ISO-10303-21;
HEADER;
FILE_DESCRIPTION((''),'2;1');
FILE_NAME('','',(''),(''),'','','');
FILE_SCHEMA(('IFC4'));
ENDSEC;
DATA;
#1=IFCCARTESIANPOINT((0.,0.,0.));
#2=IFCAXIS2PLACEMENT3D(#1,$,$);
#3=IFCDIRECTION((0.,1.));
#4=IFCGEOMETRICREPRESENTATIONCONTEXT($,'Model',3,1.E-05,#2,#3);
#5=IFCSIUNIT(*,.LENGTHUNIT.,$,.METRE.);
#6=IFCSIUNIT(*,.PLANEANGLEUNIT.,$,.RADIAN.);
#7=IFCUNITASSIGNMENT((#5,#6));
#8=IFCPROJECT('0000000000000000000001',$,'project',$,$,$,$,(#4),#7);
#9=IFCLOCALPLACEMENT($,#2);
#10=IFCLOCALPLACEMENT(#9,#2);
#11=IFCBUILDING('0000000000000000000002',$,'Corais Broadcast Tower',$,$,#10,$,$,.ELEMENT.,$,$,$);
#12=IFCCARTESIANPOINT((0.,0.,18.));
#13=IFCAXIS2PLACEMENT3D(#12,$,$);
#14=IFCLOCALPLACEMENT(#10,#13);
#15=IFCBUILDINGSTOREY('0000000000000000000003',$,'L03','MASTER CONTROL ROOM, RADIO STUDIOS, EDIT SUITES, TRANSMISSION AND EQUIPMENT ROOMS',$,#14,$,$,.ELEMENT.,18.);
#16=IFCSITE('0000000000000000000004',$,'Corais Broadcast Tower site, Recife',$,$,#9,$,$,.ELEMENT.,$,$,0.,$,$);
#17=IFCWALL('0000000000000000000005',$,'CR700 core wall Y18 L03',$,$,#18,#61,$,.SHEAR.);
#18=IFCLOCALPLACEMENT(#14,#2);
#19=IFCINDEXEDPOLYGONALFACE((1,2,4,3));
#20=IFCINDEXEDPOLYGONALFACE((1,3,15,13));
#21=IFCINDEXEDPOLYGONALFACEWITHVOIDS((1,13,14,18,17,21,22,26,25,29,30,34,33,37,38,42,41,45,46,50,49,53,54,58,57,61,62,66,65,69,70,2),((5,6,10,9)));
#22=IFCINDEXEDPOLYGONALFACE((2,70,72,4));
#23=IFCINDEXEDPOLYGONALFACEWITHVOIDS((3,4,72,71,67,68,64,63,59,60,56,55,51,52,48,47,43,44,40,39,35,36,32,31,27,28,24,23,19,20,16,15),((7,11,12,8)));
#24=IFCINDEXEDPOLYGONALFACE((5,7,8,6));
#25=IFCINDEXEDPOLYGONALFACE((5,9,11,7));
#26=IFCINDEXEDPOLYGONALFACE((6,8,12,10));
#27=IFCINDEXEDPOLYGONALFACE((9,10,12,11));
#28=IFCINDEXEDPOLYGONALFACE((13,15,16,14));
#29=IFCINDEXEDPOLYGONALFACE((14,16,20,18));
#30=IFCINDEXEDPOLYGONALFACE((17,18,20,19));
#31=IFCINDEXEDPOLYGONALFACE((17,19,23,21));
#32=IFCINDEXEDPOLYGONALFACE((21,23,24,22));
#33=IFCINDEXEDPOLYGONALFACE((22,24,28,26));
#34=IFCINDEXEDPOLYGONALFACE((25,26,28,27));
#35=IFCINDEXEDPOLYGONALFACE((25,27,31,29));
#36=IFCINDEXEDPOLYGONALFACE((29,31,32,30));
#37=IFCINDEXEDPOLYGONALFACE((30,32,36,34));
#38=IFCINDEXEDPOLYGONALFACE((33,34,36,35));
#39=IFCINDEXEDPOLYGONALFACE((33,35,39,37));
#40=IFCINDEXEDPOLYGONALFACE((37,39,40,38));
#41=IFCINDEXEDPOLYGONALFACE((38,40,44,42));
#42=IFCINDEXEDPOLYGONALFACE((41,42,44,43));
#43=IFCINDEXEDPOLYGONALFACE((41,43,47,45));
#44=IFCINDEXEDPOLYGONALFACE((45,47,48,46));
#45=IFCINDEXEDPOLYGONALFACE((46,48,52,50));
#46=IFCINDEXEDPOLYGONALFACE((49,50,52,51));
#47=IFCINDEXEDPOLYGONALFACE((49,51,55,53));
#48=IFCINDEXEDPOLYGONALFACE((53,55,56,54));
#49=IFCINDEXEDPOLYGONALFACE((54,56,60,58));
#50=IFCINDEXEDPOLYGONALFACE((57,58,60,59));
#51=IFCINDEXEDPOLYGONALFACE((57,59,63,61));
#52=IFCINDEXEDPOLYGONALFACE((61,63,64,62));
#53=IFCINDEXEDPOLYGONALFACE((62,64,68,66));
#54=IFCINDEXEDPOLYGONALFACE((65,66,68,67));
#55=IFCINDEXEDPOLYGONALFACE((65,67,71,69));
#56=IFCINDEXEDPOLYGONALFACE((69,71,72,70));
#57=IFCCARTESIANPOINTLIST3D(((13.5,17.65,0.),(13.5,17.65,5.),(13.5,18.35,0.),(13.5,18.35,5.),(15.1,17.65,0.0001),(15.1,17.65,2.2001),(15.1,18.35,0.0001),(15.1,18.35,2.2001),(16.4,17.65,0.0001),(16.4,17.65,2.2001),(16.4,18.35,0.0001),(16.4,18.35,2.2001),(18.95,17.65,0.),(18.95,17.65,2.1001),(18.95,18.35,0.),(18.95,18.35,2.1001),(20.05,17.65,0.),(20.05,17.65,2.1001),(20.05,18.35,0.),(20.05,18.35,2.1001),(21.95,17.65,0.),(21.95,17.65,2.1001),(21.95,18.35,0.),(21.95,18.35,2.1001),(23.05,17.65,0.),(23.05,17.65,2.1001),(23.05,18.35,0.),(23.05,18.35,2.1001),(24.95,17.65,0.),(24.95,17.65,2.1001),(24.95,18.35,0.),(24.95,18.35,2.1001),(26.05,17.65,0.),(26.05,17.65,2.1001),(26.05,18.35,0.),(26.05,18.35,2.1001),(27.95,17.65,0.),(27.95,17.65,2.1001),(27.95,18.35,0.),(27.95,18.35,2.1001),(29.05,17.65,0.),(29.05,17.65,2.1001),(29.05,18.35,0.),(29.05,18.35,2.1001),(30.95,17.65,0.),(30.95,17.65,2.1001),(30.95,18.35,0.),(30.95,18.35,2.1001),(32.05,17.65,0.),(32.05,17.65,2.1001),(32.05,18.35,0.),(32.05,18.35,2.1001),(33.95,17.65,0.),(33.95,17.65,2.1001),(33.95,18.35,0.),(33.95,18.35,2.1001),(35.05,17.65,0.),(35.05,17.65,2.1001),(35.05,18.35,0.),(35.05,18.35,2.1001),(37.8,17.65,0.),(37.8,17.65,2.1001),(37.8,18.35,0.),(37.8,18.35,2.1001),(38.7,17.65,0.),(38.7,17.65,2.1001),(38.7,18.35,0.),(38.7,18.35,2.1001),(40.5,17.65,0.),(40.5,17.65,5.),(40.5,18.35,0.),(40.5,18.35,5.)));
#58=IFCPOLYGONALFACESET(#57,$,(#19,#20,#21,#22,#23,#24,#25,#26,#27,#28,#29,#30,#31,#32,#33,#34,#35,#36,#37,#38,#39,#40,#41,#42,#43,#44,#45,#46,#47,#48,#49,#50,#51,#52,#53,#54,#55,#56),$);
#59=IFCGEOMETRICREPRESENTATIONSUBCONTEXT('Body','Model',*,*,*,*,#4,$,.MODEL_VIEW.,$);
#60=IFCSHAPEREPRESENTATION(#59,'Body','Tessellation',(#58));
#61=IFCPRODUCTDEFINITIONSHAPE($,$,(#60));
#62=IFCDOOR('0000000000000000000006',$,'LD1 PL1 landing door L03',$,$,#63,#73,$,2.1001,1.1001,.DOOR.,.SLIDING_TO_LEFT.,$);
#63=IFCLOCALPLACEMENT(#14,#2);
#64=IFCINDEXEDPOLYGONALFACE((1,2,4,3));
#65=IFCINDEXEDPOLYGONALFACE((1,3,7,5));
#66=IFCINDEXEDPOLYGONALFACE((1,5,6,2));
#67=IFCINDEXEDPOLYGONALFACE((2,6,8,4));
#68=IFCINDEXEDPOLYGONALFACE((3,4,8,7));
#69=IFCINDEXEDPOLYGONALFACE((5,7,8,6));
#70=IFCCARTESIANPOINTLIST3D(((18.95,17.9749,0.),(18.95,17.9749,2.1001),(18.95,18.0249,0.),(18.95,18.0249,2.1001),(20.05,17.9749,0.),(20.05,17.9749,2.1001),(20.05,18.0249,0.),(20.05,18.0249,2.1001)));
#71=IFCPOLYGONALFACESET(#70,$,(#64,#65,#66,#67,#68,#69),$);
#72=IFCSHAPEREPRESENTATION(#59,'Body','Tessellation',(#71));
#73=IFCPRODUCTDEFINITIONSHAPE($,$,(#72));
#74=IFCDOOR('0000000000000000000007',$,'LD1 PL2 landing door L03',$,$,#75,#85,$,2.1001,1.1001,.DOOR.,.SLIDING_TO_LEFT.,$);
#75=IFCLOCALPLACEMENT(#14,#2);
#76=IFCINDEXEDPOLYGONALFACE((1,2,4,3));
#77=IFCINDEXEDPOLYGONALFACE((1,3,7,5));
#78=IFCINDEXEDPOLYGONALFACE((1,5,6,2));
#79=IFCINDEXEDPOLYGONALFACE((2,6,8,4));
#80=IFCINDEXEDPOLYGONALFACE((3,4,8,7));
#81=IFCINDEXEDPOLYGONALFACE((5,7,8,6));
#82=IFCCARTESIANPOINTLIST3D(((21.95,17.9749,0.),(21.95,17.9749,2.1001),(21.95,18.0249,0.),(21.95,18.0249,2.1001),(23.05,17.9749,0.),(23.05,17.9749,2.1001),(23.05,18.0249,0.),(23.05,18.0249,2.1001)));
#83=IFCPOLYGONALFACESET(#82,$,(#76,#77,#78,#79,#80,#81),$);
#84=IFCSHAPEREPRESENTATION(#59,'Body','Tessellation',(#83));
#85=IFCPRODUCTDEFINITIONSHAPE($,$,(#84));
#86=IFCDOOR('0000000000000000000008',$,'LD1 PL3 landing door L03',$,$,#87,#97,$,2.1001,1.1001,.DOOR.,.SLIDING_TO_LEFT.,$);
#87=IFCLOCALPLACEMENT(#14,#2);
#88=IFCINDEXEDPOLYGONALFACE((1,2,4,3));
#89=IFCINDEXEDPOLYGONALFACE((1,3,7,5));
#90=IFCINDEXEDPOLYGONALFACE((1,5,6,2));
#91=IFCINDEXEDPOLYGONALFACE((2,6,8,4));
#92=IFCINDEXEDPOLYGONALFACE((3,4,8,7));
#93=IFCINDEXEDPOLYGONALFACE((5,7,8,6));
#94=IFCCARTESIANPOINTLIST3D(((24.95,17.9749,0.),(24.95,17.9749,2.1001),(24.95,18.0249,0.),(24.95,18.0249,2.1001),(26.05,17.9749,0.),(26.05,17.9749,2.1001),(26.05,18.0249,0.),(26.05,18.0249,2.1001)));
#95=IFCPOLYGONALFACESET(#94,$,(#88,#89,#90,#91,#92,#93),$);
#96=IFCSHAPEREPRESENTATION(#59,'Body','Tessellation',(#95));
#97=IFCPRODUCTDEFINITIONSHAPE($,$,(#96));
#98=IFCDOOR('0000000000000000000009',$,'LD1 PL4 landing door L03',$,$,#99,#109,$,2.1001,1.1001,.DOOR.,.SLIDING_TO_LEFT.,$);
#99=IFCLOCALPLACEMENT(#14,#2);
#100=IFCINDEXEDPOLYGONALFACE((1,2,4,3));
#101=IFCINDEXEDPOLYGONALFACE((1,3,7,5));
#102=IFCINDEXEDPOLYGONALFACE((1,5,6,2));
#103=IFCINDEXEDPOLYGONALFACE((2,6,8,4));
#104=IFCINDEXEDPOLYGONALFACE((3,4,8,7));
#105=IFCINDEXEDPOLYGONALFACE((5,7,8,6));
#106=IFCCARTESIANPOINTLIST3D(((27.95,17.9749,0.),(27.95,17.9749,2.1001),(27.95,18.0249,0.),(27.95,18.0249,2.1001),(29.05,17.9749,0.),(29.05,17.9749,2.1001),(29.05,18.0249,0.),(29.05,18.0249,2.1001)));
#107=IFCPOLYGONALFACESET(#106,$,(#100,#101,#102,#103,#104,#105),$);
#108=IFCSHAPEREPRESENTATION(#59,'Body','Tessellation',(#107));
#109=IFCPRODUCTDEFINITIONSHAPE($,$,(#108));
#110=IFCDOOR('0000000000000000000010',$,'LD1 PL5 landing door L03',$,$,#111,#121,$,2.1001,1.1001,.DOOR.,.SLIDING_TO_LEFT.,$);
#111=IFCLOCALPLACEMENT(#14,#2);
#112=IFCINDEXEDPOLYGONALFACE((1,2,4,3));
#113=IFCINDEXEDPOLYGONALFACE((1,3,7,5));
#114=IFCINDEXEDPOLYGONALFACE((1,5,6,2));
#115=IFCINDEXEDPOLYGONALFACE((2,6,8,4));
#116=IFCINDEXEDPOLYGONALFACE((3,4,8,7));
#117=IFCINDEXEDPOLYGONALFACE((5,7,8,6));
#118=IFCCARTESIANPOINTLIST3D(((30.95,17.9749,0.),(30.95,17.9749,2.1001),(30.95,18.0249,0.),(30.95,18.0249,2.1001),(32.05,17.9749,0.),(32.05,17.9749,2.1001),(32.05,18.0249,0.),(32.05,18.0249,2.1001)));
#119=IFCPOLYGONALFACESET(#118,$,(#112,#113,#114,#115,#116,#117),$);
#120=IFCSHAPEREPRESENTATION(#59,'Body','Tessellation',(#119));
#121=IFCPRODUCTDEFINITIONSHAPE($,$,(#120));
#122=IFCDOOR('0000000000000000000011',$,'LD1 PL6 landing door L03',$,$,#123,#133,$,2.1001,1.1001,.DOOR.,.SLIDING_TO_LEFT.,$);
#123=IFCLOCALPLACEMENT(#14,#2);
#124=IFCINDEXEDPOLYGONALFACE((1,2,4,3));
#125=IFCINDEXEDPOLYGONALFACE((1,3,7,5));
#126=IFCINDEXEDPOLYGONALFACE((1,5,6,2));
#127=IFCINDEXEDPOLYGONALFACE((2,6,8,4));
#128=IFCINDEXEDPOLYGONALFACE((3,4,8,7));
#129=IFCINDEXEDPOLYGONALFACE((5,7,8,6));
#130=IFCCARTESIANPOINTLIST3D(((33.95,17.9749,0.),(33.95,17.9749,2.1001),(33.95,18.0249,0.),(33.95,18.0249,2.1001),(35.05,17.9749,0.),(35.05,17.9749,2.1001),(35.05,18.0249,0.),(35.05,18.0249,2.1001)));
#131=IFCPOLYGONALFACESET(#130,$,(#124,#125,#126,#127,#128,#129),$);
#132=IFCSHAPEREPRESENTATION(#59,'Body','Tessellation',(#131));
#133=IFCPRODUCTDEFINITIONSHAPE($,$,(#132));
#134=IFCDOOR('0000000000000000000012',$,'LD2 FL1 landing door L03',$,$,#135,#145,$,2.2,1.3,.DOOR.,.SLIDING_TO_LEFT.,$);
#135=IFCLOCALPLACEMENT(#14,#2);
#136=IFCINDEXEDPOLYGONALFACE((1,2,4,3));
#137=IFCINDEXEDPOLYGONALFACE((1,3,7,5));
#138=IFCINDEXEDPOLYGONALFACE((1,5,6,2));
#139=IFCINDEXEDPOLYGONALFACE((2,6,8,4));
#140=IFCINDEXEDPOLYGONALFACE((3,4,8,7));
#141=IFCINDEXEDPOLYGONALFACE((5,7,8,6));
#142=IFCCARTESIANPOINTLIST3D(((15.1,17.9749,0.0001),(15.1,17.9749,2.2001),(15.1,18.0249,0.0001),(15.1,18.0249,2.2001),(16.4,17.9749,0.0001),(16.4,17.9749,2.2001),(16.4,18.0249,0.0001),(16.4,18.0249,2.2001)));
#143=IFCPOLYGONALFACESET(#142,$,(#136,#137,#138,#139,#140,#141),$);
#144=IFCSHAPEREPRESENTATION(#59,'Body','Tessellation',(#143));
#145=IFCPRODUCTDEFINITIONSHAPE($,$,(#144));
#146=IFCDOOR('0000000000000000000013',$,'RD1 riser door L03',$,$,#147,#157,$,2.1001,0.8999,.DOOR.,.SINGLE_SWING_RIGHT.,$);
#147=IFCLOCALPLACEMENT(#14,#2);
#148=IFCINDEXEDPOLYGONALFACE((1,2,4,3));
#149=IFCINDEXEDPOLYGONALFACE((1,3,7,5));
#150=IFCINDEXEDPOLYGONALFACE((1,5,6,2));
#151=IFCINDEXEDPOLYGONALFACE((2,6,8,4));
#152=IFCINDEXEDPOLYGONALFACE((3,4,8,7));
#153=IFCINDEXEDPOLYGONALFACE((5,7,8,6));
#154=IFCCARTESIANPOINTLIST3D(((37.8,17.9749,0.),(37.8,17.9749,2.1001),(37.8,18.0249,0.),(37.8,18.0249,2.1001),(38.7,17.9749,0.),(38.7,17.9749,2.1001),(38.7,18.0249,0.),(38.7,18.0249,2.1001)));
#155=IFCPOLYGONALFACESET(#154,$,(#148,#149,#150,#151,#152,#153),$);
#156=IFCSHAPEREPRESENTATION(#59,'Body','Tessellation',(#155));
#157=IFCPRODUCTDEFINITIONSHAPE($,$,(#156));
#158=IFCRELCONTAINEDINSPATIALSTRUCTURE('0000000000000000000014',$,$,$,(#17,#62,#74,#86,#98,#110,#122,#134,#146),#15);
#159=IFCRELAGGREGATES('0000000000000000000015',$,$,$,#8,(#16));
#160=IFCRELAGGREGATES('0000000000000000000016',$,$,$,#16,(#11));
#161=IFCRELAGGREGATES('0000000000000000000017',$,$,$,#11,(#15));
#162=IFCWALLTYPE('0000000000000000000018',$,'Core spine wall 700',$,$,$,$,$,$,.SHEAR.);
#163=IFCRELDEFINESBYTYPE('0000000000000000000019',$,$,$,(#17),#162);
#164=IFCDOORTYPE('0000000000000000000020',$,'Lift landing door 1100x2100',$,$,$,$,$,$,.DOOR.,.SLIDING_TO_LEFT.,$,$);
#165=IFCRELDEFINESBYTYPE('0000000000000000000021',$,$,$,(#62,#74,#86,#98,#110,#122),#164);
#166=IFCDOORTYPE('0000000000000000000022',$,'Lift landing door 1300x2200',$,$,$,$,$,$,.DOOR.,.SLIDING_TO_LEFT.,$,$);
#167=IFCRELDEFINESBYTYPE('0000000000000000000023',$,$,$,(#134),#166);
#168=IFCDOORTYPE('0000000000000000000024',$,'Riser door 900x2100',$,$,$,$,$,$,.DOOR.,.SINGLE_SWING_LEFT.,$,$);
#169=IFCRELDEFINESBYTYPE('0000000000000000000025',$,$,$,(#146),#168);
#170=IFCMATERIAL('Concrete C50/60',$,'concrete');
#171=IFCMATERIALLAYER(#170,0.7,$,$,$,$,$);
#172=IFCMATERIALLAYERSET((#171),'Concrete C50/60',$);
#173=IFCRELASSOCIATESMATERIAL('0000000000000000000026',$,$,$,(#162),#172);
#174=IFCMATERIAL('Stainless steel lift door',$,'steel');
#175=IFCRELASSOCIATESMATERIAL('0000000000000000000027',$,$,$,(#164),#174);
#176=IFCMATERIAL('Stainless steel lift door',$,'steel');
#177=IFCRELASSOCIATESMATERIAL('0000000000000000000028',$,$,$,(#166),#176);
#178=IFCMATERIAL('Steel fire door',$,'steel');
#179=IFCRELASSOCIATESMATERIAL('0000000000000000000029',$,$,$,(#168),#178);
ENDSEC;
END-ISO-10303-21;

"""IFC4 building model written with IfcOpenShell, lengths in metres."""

from ifc_helpers import new_model, si_unit, direction, frame, frame_2d, origin, place, context, subcontext, project, spatial, rectangle, extrude, material, layer, layer_set, type_object, element, fill, save


model = new_model("IFC4")

# Units and contexts
model_context = context("Model", 3, precision=1e-05, world=origin(), true_north=direction((0.0, 1.0)))
body_context = subcontext(model_context, "Body", "Model", "MODEL_VIEW")
ifc_project = project(units=[si_unit("LENGTHUNIT", "METRE"), si_unit("PLANEANGLEUNIT", "RADIAN")], contexts=[model_context])

# Site, building, storey
site_placement = place(None, origin())
site = spatial("IfcSite", under=ifc_project, at=site_placement, Name="Corais Broadcast Tower site, Recife", CompositionType="ELEMENT", RefElevation=0.0)
building_placement = place(site_placement, origin())
building = spatial("IfcBuilding", under=site, at=building_placement, Name="Corais Broadcast Tower", CompositionType="ELEMENT")
storey_placement = place(building_placement, frame((0.0, 0.0, 18.0)))
storey = spatial("IfcBuildingStorey", under=building, at=storey_placement, Name="L03", Description="MASTER CONTROL ROOM, RADIO STUDIOS, EDIT SUITES, TRANSMISSION AND EQUIPMENT ROOMS", CompositionType="ELEMENT", Elevation=18.0)

# Wall, openings, doors
ifc_material_1 = material(Name="Concrete C50/60", Category="concrete")
ifc_layer_1 = layer(ifc_material_1, 0.7)
ifc_layer_set_1 = layer_set([ifc_layer_1], Name="Concrete C50/60")
wall_type_1 = type_object("IfcWallType", Name="Core spine wall 700", PredefinedType="SHEAR", material=ifc_layer_set_1)
wall_1_placement = place(storey_placement, frame((13.5, 18.0, 0.0), z_axis=(0.0, 0.0, 1.0), x_axis=(1.0, 0.0, 0.0)))
wall_1 = element("IfcWall", 1, at=wall_1_placement, inside=storey, type_object=wall_type_1, Name="CR700 core wall Y18 L03", PredefinedType="SHEAR", context=body_context, shape_type="SweptSolid", body=[
    extrude(rectangle(XDim=27.0, YDim=0.7, at=frame_2d((13.5, 0.0))), origin(), (0.0, 0.0, 1.0), 5.0),
])
opening_1_placement = place(wall_1_placement, frame((24.3, 0.0, 0.0)))
opening_1 = element("IfcOpeningElement", 2, at=opening_1_placement, cuts=wall_1, PredefinedType="OPENING", context=body_context, shape_type="SweptSolid", body=[
    extrude(rectangle(XDim=0.8999, YDim=2.1001, at=frame_2d((0.45, 1.05))), frame((0.0, 0.3599, 0.0), z_axis=(0.0, -1.0, 0.0), x_axis=(1.0, 0.0, 0.0)), (0.0, 0.0, 1.0), 0.72),
])
opening_2_placement = place(wall_1_placement, frame((5.45, 0.0, 0.0)))
opening_2 = element("IfcOpeningElement", 3, at=opening_2_placement, cuts=wall_1, PredefinedType="OPENING", context=body_context, shape_type="SweptSolid", body=[
    extrude(rectangle(XDim=1.1001, YDim=2.1001, at=frame_2d((0.55, 1.05))), frame((0.0, 0.3599, 0.0), z_axis=(0.0, -1.0, 0.0), x_axis=(1.0, 0.0, 0.0)), (0.0, 0.0, 1.0), 0.72),
])
opening_3_placement = place(wall_1_placement, frame((8.45, 0.0, 0.0)))
opening_3 = element("IfcOpeningElement", 4, at=opening_3_placement, cuts=wall_1, PredefinedType="OPENING", context=body_context, shape_type="SweptSolid", body=[
    extrude(rectangle(XDim=1.1001, YDim=2.1001, at=frame_2d((0.55, 1.05))), frame((0.0, 0.3599, 0.0), z_axis=(0.0, -1.0, 0.0), x_axis=(1.0, 0.0, 0.0)), (0.0, 0.0, 1.0), 0.72),
])
opening_4_placement = place(wall_1_placement, frame((11.45, 0.0, 0.0)))
opening_4 = element("IfcOpeningElement", 5, at=opening_4_placement, cuts=wall_1, PredefinedType="OPENING", context=body_context, shape_type="SweptSolid", body=[
    extrude(rectangle(XDim=1.1001, YDim=2.1001, at=frame_2d((0.55, 1.05))), frame((0.0, 0.3599, 0.0), z_axis=(0.0, -1.0, 0.0), x_axis=(1.0, 0.0, 0.0)), (0.0, 0.0, 1.0), 0.72),
])
opening_5_placement = place(wall_1_placement, frame((14.45, 0.0, 0.0)))
opening_5 = element("IfcOpeningElement", 6, at=opening_5_placement, cuts=wall_1, PredefinedType="OPENING", context=body_context, shape_type="SweptSolid", body=[
    extrude(rectangle(XDim=1.1001, YDim=2.1001, at=frame_2d((0.55, 1.05))), frame((0.0, 0.3599, 0.0), z_axis=(0.0, -1.0, 0.0), x_axis=(1.0, 0.0, 0.0)), (0.0, 0.0, 1.0), 0.72),
])
opening_6_placement = place(wall_1_placement, frame((17.45, 0.0, 0.0)))
opening_6 = element("IfcOpeningElement", 7, at=opening_6_placement, cuts=wall_1, PredefinedType="OPENING", context=body_context, shape_type="SweptSolid", body=[
    extrude(rectangle(XDim=1.1001, YDim=2.1001, at=frame_2d((0.55, 1.05))), frame((0.0, 0.3599, 0.0), z_axis=(0.0, -1.0, 0.0), x_axis=(1.0, 0.0, 0.0)), (0.0, 0.0, 1.0), 0.72),
])
opening_7_placement = place(wall_1_placement, frame((20.45, 0.0, 0.0)))
opening_7 = element("IfcOpeningElement", 8, at=opening_7_placement, cuts=wall_1, PredefinedType="OPENING", context=body_context, shape_type="SweptSolid", body=[
    extrude(rectangle(XDim=1.1001, YDim=2.1001, at=frame_2d((0.55, 1.05))), frame((0.0, 0.3599, 0.0), z_axis=(0.0, -1.0, 0.0), x_axis=(1.0, 0.0, 0.0)), (0.0, 0.0, 1.0), 0.72),
])
opening_8_placement = place(wall_1_placement, frame((1.6001, 0.0, 0.0)))
opening_8 = element("IfcOpeningElement", 9, at=opening_8_placement, cuts=wall_1, PredefinedType="OPENING", context=body_context, shape_type="SweptSolid", body=[
    extrude(rectangle(XDim=1.3, YDim=2.2, at=frame_2d((0.6499, 1.1001))), frame((0.0, 0.3599, 0.0), z_axis=(0.0, -1.0, 0.0), x_axis=(1.0, 0.0, 0.0)), (0.0, 0.0, 1.0), 0.72),
])
ifc_material_2 = material(Name="Stainless steel lift door", Category="steel")
door_type_1 = type_object("IfcDoorType", Name="Lift landing door 1100x2100", OperationType="SLIDING_TO_LEFT", PredefinedType="DOOR", material=ifc_material_2)
door_1_placement = place(opening_2_placement, origin())
door_1 = element("IfcDoor", 10, at=door_1_placement, inside=storey, type_object=door_type_1, Name="LD1 PL1 landing door L03", OperationType="SLIDING_TO_LEFT", OverallHeight=2.1001, OverallWidth=1.1001, PredefinedType="DOOR", context=body_context, shape_type="SweptSolid", body=[
    extrude(rectangle(XDim=1.1001, YDim=2.1001, at=frame_2d((0.55, 1.05))), frame((0.0, 0.0249, 0.0), z_axis=(0.0, -1.0, 0.0), x_axis=(1.0, 0.0, 0.0)), (0.0, 0.0, 1.0), 0.05),
])
fill(opening_2, door_1)
door_2_placement = place(opening_3_placement, origin())
door_2 = element("IfcDoor", 11, at=door_2_placement, inside=storey, type_object=door_type_1, Name="LD1 PL2 landing door L03", OperationType="SLIDING_TO_LEFT", OverallHeight=2.1001, OverallWidth=1.1001, PredefinedType="DOOR", context=body_context, shape_type="SweptSolid", body=[
    extrude(rectangle(XDim=1.1001, YDim=2.1001, at=frame_2d((0.55, 1.05))), frame((0.0, 0.0249, 0.0), z_axis=(0.0, -1.0, 0.0), x_axis=(1.0, 0.0, 0.0)), (0.0, 0.0, 1.0), 0.05),
])
fill(opening_3, door_2)
door_3_placement = place(opening_4_placement, origin())
door_3 = element("IfcDoor", 12, at=door_3_placement, inside=storey, type_object=door_type_1, Name="LD1 PL3 landing door L03", OperationType="SLIDING_TO_LEFT", OverallHeight=2.1001, OverallWidth=1.1001, PredefinedType="DOOR", context=body_context, shape_type="SweptSolid", body=[
    extrude(rectangle(XDim=1.1001, YDim=2.1001, at=frame_2d((0.55, 1.05))), frame((0.0, 0.0249, 0.0), z_axis=(0.0, -1.0, 0.0), x_axis=(1.0, 0.0, 0.0)), (0.0, 0.0, 1.0), 0.05),
])
fill(opening_4, door_3)
door_4_placement = place(opening_5_placement, origin())
door_4 = element("IfcDoor", 13, at=door_4_placement, inside=storey, type_object=door_type_1, Name="LD1 PL4 landing door L03", OperationType="SLIDING_TO_LEFT", OverallHeight=2.1001, OverallWidth=1.1001, PredefinedType="DOOR", context=body_context, shape_type="SweptSolid", body=[
    extrude(rectangle(XDim=1.1001, YDim=2.1001, at=frame_2d((0.55, 1.05))), frame((0.0, 0.0249, 0.0), z_axis=(0.0, -1.0, 0.0), x_axis=(1.0, 0.0, 0.0)), (0.0, 0.0, 1.0), 0.05),
])
fill(opening_5, door_4)
door_5_placement = place(opening_6_placement, origin())
door_5 = element("IfcDoor", 14, at=door_5_placement, inside=storey, type_object=door_type_1, Name="LD1 PL5 landing door L03", OperationType="SLIDING_TO_LEFT", OverallHeight=2.1001, OverallWidth=1.1001, PredefinedType="DOOR", context=body_context, shape_type="SweptSolid", body=[
    extrude(rectangle(XDim=1.1001, YDim=2.1001, at=frame_2d((0.55, 1.05))), frame((0.0, 0.0249, 0.0), z_axis=(0.0, -1.0, 0.0), x_axis=(1.0, 0.0, 0.0)), (0.0, 0.0, 1.0), 0.05),
])
fill(opening_6, door_5)
door_6_placement = place(opening_7_placement, origin())
door_6 = element("IfcDoor", 15, at=door_6_placement, inside=storey, type_object=door_type_1, Name="LD1 PL6 landing door L03", OperationType="SLIDING_TO_LEFT", OverallHeight=2.1001, OverallWidth=1.1001, PredefinedType="DOOR", context=body_context, shape_type="SweptSolid", body=[
    extrude(rectangle(XDim=1.1001, YDim=2.1001, at=frame_2d((0.55, 1.05))), frame((0.0, 0.0249, 0.0), z_axis=(0.0, -1.0, 0.0), x_axis=(1.0, 0.0, 0.0)), (0.0, 0.0, 1.0), 0.05),
])
fill(opening_7, door_6)
ifc_material_3 = material(Name="Stainless steel lift door", Category="steel")
door_type_2 = type_object("IfcDoorType", Name="Lift landing door 1300x2200", OperationType="SLIDING_TO_LEFT", PredefinedType="DOOR", material=ifc_material_3)
door_7_placement = place(opening_8_placement, origin())
door_7 = element("IfcDoor", 16, at=door_7_placement, inside=storey, type_object=door_type_2, Name="LD2 FL1 landing door L03", OperationType="SLIDING_TO_LEFT", OverallHeight=2.2, OverallWidth=1.3, PredefinedType="DOOR", context=body_context, shape_type="SweptSolid", body=[
    extrude(rectangle(XDim=1.3, YDim=2.2, at=frame_2d((0.6499, 1.1001))), frame((0.0, 0.0249, 0.0), z_axis=(0.0, -1.0, 0.0), x_axis=(1.0, 0.0, 0.0)), (0.0, 0.0, 1.0), 0.05),
])
fill(opening_8, door_7)
ifc_material_4 = material(Name="Steel fire door", Category="steel")
door_type_3 = type_object("IfcDoorType", Name="Riser door 900x2100", OperationType="SINGLE_SWING_LEFT", PredefinedType="DOOR", material=ifc_material_4)
door_8_placement = place(opening_1_placement, origin())
door_8 = element("IfcDoor", 17, at=door_8_placement, inside=storey, type_object=door_type_3, Name="RD1 riser door L03", OperationType="SINGLE_SWING_RIGHT", OverallHeight=2.1001, OverallWidth=0.8999, PredefinedType="DOOR", context=body_context, shape_type="SweptSolid", body=[
    extrude(rectangle(XDim=0.8999, YDim=2.1001, at=frame_2d((0.45, 1.05))), frame((0.0, 0.0249, 0.0), z_axis=(0.0, -1.0, 0.0), x_axis=(1.0, 0.0, 0.0)), (0.0, 0.0, 1.0), 0.05),
])
fill(opening_1, door_8)

save(model, "model.ifc")
